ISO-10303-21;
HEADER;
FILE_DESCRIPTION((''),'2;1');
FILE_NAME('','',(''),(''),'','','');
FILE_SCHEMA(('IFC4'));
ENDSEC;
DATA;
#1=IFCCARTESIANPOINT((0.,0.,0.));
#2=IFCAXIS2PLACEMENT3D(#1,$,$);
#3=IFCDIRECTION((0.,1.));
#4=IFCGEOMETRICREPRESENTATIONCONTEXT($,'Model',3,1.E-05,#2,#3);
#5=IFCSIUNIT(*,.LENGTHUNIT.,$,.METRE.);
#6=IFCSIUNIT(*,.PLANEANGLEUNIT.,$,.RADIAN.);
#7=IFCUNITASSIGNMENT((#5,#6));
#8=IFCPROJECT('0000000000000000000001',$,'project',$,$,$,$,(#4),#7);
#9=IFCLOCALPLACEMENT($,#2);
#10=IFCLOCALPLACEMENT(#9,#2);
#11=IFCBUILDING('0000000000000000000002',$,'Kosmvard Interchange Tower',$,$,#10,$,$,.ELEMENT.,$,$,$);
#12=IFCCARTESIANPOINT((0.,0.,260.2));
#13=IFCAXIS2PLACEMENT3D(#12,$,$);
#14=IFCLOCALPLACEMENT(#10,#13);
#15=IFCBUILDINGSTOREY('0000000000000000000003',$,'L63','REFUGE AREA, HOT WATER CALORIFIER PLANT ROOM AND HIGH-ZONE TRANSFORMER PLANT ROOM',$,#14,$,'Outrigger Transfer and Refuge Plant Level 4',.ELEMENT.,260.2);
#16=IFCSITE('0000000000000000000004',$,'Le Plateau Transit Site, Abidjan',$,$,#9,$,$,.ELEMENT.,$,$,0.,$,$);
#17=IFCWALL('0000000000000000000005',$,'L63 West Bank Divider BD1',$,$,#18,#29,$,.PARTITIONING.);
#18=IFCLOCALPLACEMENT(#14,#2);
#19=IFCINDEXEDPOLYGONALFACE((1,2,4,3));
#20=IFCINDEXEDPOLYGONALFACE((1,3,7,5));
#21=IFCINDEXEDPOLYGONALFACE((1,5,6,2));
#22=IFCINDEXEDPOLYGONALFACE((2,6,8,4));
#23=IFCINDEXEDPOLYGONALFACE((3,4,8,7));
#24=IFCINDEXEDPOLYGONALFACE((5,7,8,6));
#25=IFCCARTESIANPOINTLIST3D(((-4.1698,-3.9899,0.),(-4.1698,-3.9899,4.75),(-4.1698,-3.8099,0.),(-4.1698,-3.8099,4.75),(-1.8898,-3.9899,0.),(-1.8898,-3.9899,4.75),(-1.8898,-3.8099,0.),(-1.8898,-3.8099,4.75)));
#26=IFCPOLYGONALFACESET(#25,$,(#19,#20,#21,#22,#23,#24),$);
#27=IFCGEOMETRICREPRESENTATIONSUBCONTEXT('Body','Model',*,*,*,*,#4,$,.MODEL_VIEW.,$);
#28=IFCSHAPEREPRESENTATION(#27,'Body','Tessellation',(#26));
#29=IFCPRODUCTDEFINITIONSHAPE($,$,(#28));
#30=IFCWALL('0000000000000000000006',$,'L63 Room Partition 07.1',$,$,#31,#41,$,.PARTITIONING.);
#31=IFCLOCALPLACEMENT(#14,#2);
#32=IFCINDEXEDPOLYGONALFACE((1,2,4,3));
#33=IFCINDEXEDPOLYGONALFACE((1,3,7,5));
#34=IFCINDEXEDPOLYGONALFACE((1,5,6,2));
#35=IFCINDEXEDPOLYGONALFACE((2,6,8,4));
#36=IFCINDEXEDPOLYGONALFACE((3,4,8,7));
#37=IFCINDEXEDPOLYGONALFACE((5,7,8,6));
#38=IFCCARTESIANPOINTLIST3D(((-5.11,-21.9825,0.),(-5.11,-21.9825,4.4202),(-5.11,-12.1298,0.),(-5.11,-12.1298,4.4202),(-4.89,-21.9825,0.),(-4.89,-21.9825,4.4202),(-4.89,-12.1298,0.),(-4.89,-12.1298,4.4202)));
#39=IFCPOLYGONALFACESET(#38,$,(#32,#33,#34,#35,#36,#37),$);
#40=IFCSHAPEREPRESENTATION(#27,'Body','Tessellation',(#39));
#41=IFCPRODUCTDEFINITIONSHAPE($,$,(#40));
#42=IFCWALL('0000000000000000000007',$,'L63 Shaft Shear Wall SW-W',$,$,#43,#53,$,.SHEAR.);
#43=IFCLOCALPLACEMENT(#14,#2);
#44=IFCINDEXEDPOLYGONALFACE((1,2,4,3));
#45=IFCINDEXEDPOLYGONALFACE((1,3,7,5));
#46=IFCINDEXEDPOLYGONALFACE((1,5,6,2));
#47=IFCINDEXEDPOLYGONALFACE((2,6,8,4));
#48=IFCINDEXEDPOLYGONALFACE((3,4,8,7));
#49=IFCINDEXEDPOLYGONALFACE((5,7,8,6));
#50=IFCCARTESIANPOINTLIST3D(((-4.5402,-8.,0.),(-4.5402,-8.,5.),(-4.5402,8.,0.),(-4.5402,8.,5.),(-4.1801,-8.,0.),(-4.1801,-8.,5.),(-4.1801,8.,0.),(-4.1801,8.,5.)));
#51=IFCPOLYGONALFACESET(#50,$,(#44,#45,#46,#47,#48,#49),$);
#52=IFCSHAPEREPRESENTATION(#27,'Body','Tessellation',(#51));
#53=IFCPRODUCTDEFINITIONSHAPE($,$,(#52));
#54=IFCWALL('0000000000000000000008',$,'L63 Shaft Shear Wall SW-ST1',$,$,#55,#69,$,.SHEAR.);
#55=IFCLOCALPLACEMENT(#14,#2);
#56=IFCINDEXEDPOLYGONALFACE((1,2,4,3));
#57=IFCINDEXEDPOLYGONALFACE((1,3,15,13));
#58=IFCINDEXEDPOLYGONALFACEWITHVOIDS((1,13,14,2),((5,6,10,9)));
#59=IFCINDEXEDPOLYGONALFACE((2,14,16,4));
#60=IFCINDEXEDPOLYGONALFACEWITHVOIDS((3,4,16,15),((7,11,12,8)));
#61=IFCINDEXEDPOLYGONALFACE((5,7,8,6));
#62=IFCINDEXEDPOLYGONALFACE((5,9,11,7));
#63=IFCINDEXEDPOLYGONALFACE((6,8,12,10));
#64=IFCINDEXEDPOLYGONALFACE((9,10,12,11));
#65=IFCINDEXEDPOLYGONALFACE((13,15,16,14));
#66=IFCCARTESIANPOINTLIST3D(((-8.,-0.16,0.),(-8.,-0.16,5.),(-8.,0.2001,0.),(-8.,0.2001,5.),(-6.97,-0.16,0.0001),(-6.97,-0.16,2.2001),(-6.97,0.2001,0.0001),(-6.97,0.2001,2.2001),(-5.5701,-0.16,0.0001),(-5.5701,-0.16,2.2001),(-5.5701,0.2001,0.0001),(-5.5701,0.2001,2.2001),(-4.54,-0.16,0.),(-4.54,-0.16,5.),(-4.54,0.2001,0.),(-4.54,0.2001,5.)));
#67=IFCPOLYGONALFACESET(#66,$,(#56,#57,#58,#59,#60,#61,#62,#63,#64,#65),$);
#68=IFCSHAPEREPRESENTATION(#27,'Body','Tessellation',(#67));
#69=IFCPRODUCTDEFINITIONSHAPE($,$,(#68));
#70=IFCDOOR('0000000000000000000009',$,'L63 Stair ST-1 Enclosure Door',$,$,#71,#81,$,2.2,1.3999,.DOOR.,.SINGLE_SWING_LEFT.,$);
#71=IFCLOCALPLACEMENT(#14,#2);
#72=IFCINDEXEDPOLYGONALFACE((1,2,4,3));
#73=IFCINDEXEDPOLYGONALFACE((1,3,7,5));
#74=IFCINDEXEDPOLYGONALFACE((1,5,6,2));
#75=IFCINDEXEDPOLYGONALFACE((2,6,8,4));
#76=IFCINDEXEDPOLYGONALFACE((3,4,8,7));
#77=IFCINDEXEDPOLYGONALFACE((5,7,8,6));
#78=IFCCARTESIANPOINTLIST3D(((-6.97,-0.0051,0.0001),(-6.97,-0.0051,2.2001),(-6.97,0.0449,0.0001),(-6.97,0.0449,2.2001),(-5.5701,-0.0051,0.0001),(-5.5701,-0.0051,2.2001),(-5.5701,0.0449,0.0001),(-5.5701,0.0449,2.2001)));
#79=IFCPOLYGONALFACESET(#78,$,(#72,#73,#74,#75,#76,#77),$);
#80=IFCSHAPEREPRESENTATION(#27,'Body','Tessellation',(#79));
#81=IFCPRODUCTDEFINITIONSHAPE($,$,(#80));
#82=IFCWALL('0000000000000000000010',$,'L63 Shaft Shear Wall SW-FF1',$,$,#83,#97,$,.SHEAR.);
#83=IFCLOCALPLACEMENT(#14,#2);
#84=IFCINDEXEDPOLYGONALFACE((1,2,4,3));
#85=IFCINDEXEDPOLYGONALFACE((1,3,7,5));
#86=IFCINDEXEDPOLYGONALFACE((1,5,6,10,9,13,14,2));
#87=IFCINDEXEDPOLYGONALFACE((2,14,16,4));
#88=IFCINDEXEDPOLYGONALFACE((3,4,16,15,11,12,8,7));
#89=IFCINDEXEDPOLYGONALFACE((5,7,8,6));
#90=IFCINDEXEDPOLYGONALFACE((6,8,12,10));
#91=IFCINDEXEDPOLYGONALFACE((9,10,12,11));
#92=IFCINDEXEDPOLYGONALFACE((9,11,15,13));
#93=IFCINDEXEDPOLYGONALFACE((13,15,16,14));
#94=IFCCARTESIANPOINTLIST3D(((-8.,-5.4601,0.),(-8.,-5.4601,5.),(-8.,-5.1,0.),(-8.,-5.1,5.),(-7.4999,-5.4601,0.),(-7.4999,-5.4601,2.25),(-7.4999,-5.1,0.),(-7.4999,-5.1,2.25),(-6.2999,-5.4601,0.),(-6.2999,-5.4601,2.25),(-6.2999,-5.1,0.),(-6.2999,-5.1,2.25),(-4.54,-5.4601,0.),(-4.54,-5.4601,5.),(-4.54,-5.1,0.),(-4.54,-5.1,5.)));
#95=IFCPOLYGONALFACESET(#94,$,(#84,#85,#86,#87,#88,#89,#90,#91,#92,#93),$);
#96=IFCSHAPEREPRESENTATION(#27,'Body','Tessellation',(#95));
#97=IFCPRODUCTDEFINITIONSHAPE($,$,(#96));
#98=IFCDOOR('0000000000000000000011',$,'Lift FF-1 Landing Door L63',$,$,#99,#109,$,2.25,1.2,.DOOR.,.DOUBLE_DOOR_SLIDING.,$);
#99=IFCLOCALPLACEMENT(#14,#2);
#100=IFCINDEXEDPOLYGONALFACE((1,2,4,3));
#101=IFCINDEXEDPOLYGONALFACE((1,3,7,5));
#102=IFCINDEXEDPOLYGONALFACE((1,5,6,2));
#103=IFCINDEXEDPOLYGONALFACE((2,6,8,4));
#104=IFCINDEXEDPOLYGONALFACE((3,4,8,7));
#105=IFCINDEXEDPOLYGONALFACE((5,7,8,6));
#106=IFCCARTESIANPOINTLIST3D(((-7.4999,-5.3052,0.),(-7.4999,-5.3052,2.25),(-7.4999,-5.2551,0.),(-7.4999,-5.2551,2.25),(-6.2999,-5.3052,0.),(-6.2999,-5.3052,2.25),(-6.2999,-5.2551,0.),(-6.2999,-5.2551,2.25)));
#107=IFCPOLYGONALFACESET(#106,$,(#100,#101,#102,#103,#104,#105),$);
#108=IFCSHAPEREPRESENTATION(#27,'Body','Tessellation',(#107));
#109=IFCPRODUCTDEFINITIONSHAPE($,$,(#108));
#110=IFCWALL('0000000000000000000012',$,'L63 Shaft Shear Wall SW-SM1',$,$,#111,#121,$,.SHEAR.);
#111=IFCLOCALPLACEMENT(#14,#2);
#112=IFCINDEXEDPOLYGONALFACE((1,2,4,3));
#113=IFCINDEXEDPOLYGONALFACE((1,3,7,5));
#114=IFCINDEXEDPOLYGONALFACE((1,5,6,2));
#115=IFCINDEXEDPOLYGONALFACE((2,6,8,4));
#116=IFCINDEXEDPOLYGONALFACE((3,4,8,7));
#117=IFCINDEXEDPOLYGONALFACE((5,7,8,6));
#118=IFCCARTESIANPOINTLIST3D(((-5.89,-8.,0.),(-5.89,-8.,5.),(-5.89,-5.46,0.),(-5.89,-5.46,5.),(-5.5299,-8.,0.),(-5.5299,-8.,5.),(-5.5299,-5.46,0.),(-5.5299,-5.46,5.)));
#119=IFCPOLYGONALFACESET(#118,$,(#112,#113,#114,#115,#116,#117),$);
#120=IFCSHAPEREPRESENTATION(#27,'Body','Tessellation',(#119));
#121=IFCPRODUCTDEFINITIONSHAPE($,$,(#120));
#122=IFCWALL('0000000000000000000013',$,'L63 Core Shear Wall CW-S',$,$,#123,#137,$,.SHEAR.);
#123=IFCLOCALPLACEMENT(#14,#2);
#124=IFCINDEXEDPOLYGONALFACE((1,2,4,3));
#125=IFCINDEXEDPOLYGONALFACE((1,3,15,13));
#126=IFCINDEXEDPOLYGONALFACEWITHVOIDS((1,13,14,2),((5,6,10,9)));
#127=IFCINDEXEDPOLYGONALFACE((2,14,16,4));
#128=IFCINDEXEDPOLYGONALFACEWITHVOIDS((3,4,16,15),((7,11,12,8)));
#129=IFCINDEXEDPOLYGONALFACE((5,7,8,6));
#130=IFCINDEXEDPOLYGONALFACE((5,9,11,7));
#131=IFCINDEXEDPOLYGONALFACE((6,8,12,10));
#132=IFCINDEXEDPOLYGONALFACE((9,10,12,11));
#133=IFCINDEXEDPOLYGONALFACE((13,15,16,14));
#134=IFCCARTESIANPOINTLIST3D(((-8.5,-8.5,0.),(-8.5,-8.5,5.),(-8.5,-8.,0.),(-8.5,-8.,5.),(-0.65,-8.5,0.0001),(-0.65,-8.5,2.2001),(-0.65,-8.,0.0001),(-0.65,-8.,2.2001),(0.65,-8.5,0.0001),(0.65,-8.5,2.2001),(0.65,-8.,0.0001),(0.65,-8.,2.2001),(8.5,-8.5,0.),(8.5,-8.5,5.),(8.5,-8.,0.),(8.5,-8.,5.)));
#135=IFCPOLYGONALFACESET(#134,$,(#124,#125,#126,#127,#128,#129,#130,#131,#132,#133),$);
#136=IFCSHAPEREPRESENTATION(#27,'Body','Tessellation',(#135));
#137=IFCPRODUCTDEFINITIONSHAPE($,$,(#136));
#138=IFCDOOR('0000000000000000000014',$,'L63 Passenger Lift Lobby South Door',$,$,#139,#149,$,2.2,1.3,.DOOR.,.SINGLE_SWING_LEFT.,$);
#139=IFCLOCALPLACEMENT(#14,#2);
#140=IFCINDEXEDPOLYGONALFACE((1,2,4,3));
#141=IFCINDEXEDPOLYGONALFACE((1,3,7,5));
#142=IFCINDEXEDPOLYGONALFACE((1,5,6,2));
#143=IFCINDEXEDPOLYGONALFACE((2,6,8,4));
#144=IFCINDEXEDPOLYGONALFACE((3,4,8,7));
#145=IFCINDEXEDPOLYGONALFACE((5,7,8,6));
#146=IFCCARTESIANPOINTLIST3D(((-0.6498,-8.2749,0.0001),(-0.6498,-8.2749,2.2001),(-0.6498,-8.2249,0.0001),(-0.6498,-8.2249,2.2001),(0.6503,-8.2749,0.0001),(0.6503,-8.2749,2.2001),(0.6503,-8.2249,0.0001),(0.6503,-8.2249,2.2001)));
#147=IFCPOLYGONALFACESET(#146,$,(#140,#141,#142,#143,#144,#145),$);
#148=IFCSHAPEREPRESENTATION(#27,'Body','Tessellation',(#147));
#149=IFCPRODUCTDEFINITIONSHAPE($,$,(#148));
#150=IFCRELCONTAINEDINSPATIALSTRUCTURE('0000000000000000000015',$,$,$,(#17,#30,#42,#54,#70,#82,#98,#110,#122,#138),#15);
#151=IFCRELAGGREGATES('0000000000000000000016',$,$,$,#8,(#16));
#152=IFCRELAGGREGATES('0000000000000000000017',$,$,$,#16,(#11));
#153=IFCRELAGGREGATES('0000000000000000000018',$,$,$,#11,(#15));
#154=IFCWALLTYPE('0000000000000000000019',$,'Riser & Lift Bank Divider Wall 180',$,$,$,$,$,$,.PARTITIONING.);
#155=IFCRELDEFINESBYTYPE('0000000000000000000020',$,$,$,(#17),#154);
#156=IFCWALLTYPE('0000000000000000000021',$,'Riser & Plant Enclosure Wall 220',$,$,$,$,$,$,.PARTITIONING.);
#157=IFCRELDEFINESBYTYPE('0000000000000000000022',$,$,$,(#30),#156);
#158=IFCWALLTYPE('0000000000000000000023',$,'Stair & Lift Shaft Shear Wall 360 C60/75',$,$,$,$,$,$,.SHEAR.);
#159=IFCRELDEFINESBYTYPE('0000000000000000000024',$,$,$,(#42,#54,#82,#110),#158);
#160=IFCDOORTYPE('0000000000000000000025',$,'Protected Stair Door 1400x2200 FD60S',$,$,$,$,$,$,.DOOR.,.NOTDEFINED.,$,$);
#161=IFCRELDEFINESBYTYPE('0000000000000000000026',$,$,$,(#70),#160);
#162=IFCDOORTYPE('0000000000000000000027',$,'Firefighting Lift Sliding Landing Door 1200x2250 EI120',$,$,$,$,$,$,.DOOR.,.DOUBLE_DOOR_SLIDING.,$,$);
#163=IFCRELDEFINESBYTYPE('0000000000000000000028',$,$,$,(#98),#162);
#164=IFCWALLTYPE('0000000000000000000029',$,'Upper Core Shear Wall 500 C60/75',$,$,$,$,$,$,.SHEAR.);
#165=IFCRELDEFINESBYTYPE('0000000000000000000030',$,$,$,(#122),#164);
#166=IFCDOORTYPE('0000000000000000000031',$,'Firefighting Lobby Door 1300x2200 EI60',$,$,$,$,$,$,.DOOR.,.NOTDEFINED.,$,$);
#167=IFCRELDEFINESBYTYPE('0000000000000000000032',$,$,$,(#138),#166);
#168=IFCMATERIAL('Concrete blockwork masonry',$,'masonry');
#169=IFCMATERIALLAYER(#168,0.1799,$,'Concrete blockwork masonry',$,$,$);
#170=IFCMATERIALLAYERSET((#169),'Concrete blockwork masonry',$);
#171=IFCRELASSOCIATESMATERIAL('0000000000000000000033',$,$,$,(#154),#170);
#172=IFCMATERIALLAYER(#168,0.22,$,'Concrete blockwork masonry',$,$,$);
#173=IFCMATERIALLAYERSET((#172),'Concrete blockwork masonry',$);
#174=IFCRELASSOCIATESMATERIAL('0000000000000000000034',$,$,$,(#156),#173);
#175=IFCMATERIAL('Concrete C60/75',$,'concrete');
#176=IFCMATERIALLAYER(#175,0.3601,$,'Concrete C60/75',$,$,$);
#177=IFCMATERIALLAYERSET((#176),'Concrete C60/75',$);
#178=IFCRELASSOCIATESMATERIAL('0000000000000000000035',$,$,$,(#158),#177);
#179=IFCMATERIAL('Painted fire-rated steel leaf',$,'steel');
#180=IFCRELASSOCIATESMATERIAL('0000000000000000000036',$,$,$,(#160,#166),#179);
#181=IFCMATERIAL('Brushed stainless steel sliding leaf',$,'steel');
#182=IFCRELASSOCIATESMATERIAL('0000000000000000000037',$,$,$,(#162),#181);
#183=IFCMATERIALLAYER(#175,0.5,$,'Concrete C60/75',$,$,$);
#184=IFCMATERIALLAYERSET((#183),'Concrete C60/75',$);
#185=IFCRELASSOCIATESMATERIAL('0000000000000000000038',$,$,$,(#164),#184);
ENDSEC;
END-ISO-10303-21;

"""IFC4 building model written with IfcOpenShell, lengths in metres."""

from ifc_helpers import new_model, si_unit, direction, frame, frame_2d, origin, place, context, subcontext, project, spatial, rectangle, extrude, source, transform, mapped, material, layer, layer_set, type_object, element, fill, save


model = new_model("IFC4")

# Units and contexts
model_context = context("Model", 3, precision=1e-05, world=origin(), true_north=direction((0.0, 1.0)))
body_context = subcontext(model_context, "Body", "Model", "MODEL_VIEW")
ifc_project = project(units=[si_unit("LENGTHUNIT", "METRE"), si_unit("PLANEANGLEUNIT", "RADIAN")], contexts=[model_context])

# Site, building, storey
site_placement = place(None, origin())
site = spatial("IfcSite", under=ifc_project, at=site_placement, Name="Le Plateau Transit Site, Abidjan", CompositionType="ELEMENT", RefElevation=0.0)
building_placement = place(site_placement, origin())
building = spatial("IfcBuilding", under=site, at=building_placement, Name="Kosmvard Interchange Tower", CompositionType="ELEMENT")
storey_placement = place(building_placement, frame((0.0, 0.0, 260.2)))
storey = spatial("IfcBuildingStorey", under=building, at=storey_placement, Name="L63", Description="REFUGE AREA, HOT WATER CALORIFIER PLANT ROOM AND HIGH-ZONE TRANSFORMER PLANT ROOM", LongName="Outrigger Transfer and Refuge Plant Level 4", CompositionType="ELEMENT", Elevation=260.2)

# Shared definitions
ifc_material_1 = material(Name="Concrete C60/75", Category="concrete")

# Shared definitions
ifc_material_2 = material(Name="Painted fire-rated steel leaf", Category="steel")
ifc_material_3 = material(Name="Brushed stainless steel sliding leaf", Category="steel")

# Walls
ifc_material_4 = material(Name="Concrete blockwork masonry", Category="masonry")
ifc_layer_1 = layer(ifc_material_4, 0.1799, Name="Concrete blockwork masonry")
ifc_layer_set_1 = layer_set([ifc_layer_1], Name="Concrete blockwork masonry")
wall_type_1 = type_object("IfcWallType", Name="Riser & Lift Bank Divider Wall 180", PredefinedType="PARTITIONING", material=ifc_layer_set_1)
wall_1_placement = place(storey_placement, frame((-4.1699, -3.8999, 0.0), z_axis=(0.0, 0.0, 1.0), x_axis=(1.0, 0.0, 0.0)))
element("IfcWall", 1, at=wall_1_placement, inside=storey, type_object=wall_type_1, Name="L63 West Bank Divider BD1", PredefinedType="PARTITIONING", context=body_context, shape_type="SweptSolid", body=[
    extrude(rectangle(XDim=2.28, YDim=0.1799, at=frame_2d((1.1401, 0.0))), origin(), (0.0, 0.0, 1.0), 4.75),
])
ifc_layer_2 = layer(ifc_material_4, 0.22, Name="Concrete blockwork masonry")
ifc_layer_set_2 = layer_set([ifc_layer_2], Name="Concrete blockwork masonry")
wall_type_2 = type_object("IfcWallType", Name="Riser & Plant Enclosure Wall 220", PredefinedType="PARTITIONING", material=ifc_layer_set_2)
wall_2_placement = place(storey_placement, frame((-5.0, -12.1299, 0.0), z_axis=(0.0, 0.0, 1.0), x_axis=(0.0, -1.0, 0.0)))
element("IfcWall", 2, at=wall_2_placement, inside=storey, type_object=wall_type_2, Name="L63 Room Partition 07.1", PredefinedType="PARTITIONING", context=body_context, shape_type="SweptSolid", body=[
    extrude(rectangle(XDim=9.8528, YDim=0.22, at=frame_2d((4.9263, 0.0))), origin(), (0.0, 0.0, 1.0), 4.4202),
])
ifc_layer_3 = layer(ifc_material_1, 0.3601, Name="Concrete C60/75")
ifc_layer_set_3 = layer_set([ifc_layer_3], Name="Concrete C60/75")
wall_type_3 = type_object("IfcWallType", Name="Stair & Lift Shaft Shear Wall 360 C60/75", PredefinedType="SHEAR", material=ifc_layer_set_3)
wall_3_placement = place(storey_placement, frame((-4.3601, -8.0, 0.0), z_axis=(0.0, 0.0, 1.0), x_axis=(0.0, 1.0, 0.0)))
element("IfcWall", 3, at=wall_3_placement, inside=storey, type_object=wall_type_3, Name="L63 Shaft Shear Wall SW-W", PredefinedType="SHEAR", context=body_context, shape_type="SweptSolid", body=[
    extrude(rectangle(XDim=16.0, YDim=0.3601, at=frame_2d((8.0, 0.0))), origin(), (0.0, 0.0, 1.0), 5.0),
])

# Walls, openings, doors
wall_4_placement = place(storey_placement, frame((-8.0, 0.02, 0.0), z_axis=(0.0, 0.0, 1.0), x_axis=(1.0, 0.0, 0.0)))
wall_4 = element("IfcWall", 4, at=wall_4_placement, inside=storey, type_object=wall_type_3, Name="L63 Shaft Shear Wall SW-ST1", PredefinedType="SHEAR", context=body_context, shape_type="SweptSolid", body=[
    extrude(rectangle(XDim=3.46, YDim=0.3601, at=frame_2d((1.73, 0.0))), origin(), (0.0, 0.0, 1.0), 5.0),
])
opening_1_placement = place(wall_4_placement, frame((1.03, 0.0, 0.0)))
opening_1 = element("IfcOpeningElement", 5, at=opening_1_placement, cuts=wall_4, PredefinedType="OPENING", context=body_context, shape_type="SweptSolid", body=[
    extrude(rectangle(XDim=1.3999, YDim=2.2, at=frame_2d((0.7, 1.1001))), frame((0.0, 0.1899, 0.0), z_axis=(0.0, -1.0, 0.0), x_axis=(1.0, 0.0, 0.0)), (0.0, 0.0, 1.0), 0.3801),
])
door_type_1 = type_object("IfcDoorType", Name="Protected Stair Door 1400x2200 FD60S", OperationType="NOTDEFINED", PredefinedType="DOOR", material=ifc_material_2)
shared_shape_1 = source(origin(), body_context, "Body", "SweptSolid", [
    extrude(rectangle(XDim=1.3999, YDim=2.2, at=frame_2d((0.7, 1.1001))), frame((0.0, 0.0249, 0.0), z_axis=(0.0, -1.0, 0.0), x_axis=(1.0, 0.0, 0.0)), (0.0, 0.0, 1.0), 0.05),
])
door_1_placement = place(opening_1_placement, origin())
door_1 = element("IfcDoor", 6, at=door_1_placement, inside=storey, type_object=door_type_1, Name="L63 Stair ST-1 Enclosure Door", OperationType="SINGLE_SWING_LEFT", OverallHeight=2.2, OverallWidth=1.3999, PredefinedType="DOOR", context=body_context, shape_type="MappedRepresentation", body=[
    mapped(shared_shape_1, transform((0.0, 0.0, 0.0), scale=1.0)),
])
fill(opening_1, door_1)
wall_5_placement = place(storey_placement, frame((-8.0, -5.28, 0.0), z_axis=(0.0, 0.0, 1.0), x_axis=(1.0, 0.0, 0.0)))
wall_5 = element("IfcWall", 7, at=wall_5_placement, inside=storey, type_object=wall_type_3, Name="L63 Shaft Shear Wall SW-FF1", PredefinedType="SHEAR", context=body_context, shape_type="SweptSolid", body=[
    extrude(rectangle(XDim=3.46, YDim=0.3601, at=frame_2d((1.73, 0.0))), origin(), (0.0, 0.0, 1.0), 5.0),
])
opening_2_placement = place(wall_5_placement, frame((0.5, 0.0, 0.0)))
opening_2 = element("IfcOpeningElement", 8, at=opening_2_placement, cuts=wall_5, PredefinedType="OPENING", context=body_context, shape_type="SweptSolid", body=[
    extrude(rectangle(XDim=1.2, YDim=2.25, at=frame_2d((0.6001, 1.125))), frame((0.0, 0.1899, 0.0), z_axis=(0.0, -1.0, 0.0), x_axis=(1.0, 0.0, 0.0)), (0.0, 0.0, 1.0), 0.3801),
])
door_type_2 = type_object("IfcDoorType", Name="Firefighting Lift Sliding Landing Door 1200x2250 EI120", OperationType="DOUBLE_DOOR_SLIDING", PredefinedType="DOOR", material=ifc_material_3)
shared_shape_2 = source(origin(), body_context, "Body", "SweptSolid", [
    extrude(rectangle(XDim=1.2, YDim=2.25, at=frame_2d((0.6001, 1.125))), frame((0.0, 0.0249, 0.0), z_axis=(0.0, -1.0, 0.0), x_axis=(1.0, 0.0, 0.0)), (0.0, 0.0, 1.0), 0.05),
])
door_2_placement = place(opening_2_placement, origin())
door_2 = element("IfcDoor", 9, at=door_2_placement, inside=storey, type_object=door_type_2, Name="Lift FF-1 Landing Door L63", OperationType="DOUBLE_DOOR_SLIDING", OverallHeight=2.25, OverallWidth=1.2, PredefinedType="DOOR", context=body_context, shape_type="MappedRepresentation", body=[
    mapped(shared_shape_2, transform((0.0, 0.0, 0.0), scale=1.0)),
])
fill(opening_2, door_2)

# Wall
wall_6_placement = place(storey_placement, frame((-5.71, -8.0, 0.0), z_axis=(0.0, 0.0, 1.0), x_axis=(0.0, 1.0, 0.0)))
element("IfcWall", 10, at=wall_6_placement, inside=storey, type_object=wall_type_3, Name="L63 Shaft Shear Wall SW-SM1", PredefinedType="SHEAR", context=body_context, shape_type="SweptSolid", body=[
    extrude(rectangle(XDim=2.54, YDim=0.3601, at=frame_2d((1.27, 0.0))), origin(), (0.0, 0.0, 1.0), 5.0),
])

# Wall, opening, door
ifc_layer_4 = layer(ifc_material_1, 0.5, Name="Concrete C60/75")
ifc_layer_set_4 = layer_set([ifc_layer_4], Name="Concrete C60/75")
wall_type_4 = type_object("IfcWallType", Name="Upper Core Shear Wall 500 C60/75", PredefinedType="SHEAR", material=ifc_layer_set_4)
wall_7_placement = place(storey_placement, frame((-8.5, -8.25, 0.0), z_axis=(0.0, 0.0, 1.0), x_axis=(1.0, 0.0, 0.0)))
wall_7 = element("IfcWall", 11, at=wall_7_placement, inside=storey, type_object=wall_type_4, Name="L63 Core Shear Wall CW-S", PredefinedType="SHEAR", context=body_context, shape_type="SweptSolid", body=[
    extrude(rectangle(XDim=17.0, YDim=0.5, at=frame_2d((8.5, 0.0))), origin(), (0.0, 0.0, 1.0), 5.0),
])
opening_3_placement = place(wall_7_placement, frame((7.8501, 0.0, 0.0)))
opening_3 = element("IfcOpeningElement", 12, at=opening_3_placement, cuts=wall_7, PredefinedType="OPENING", context=body_context, shape_type="SweptSolid", body=[
    extrude(rectangle(XDim=1.3, YDim=2.2, at=frame_2d((0.6499, 1.1001))), frame((0.0, 0.26, 0.0), z_axis=(0.0, -1.0, 0.0), x_axis=(1.0, 0.0, 0.0)), (0.0, 0.0, 1.0), 0.52),
])
door_type_3 = type_object("IfcDoorType", Name="Firefighting Lobby Door 1300x2200 EI60", OperationType="NOTDEFINED", PredefinedType="DOOR", material=ifc_material_2)
shared_shape_3 = source(origin(), body_context, "Body", "SweptSolid", [
    extrude(rectangle(XDim=1.3, YDim=2.2, at=frame_2d((0.6499, 1.1001))), frame((0.0, 0.0249, 0.0), z_axis=(0.0, -1.0, 0.0), x_axis=(1.0, 0.0, 0.0)), (0.0, 0.0, 1.0), 0.05),
])
door_3_placement = place(opening_3_placement, frame((1.3, 0.0, 0.0), z_axis=(0.0, 0.0, 1.0), x_axis=(-1.0, 0.0, 0.0)))
door_3 = element("IfcDoor", 13, at=door_3_placement, inside=storey, type_object=door_type_3, Name="L63 Passenger Lift Lobby South Door", OperationType="SINGLE_SWING_LEFT", OverallHeight=2.2, OverallWidth=1.3, PredefinedType="DOOR", context=body_context, shape_type="MappedRepresentation", body=[
    mapped(shared_shape_3, transform((0.0, 0.0, 0.0), scale=1.0)),
])
fill(opening_3, door_3)

save(model, "model.ifc")
